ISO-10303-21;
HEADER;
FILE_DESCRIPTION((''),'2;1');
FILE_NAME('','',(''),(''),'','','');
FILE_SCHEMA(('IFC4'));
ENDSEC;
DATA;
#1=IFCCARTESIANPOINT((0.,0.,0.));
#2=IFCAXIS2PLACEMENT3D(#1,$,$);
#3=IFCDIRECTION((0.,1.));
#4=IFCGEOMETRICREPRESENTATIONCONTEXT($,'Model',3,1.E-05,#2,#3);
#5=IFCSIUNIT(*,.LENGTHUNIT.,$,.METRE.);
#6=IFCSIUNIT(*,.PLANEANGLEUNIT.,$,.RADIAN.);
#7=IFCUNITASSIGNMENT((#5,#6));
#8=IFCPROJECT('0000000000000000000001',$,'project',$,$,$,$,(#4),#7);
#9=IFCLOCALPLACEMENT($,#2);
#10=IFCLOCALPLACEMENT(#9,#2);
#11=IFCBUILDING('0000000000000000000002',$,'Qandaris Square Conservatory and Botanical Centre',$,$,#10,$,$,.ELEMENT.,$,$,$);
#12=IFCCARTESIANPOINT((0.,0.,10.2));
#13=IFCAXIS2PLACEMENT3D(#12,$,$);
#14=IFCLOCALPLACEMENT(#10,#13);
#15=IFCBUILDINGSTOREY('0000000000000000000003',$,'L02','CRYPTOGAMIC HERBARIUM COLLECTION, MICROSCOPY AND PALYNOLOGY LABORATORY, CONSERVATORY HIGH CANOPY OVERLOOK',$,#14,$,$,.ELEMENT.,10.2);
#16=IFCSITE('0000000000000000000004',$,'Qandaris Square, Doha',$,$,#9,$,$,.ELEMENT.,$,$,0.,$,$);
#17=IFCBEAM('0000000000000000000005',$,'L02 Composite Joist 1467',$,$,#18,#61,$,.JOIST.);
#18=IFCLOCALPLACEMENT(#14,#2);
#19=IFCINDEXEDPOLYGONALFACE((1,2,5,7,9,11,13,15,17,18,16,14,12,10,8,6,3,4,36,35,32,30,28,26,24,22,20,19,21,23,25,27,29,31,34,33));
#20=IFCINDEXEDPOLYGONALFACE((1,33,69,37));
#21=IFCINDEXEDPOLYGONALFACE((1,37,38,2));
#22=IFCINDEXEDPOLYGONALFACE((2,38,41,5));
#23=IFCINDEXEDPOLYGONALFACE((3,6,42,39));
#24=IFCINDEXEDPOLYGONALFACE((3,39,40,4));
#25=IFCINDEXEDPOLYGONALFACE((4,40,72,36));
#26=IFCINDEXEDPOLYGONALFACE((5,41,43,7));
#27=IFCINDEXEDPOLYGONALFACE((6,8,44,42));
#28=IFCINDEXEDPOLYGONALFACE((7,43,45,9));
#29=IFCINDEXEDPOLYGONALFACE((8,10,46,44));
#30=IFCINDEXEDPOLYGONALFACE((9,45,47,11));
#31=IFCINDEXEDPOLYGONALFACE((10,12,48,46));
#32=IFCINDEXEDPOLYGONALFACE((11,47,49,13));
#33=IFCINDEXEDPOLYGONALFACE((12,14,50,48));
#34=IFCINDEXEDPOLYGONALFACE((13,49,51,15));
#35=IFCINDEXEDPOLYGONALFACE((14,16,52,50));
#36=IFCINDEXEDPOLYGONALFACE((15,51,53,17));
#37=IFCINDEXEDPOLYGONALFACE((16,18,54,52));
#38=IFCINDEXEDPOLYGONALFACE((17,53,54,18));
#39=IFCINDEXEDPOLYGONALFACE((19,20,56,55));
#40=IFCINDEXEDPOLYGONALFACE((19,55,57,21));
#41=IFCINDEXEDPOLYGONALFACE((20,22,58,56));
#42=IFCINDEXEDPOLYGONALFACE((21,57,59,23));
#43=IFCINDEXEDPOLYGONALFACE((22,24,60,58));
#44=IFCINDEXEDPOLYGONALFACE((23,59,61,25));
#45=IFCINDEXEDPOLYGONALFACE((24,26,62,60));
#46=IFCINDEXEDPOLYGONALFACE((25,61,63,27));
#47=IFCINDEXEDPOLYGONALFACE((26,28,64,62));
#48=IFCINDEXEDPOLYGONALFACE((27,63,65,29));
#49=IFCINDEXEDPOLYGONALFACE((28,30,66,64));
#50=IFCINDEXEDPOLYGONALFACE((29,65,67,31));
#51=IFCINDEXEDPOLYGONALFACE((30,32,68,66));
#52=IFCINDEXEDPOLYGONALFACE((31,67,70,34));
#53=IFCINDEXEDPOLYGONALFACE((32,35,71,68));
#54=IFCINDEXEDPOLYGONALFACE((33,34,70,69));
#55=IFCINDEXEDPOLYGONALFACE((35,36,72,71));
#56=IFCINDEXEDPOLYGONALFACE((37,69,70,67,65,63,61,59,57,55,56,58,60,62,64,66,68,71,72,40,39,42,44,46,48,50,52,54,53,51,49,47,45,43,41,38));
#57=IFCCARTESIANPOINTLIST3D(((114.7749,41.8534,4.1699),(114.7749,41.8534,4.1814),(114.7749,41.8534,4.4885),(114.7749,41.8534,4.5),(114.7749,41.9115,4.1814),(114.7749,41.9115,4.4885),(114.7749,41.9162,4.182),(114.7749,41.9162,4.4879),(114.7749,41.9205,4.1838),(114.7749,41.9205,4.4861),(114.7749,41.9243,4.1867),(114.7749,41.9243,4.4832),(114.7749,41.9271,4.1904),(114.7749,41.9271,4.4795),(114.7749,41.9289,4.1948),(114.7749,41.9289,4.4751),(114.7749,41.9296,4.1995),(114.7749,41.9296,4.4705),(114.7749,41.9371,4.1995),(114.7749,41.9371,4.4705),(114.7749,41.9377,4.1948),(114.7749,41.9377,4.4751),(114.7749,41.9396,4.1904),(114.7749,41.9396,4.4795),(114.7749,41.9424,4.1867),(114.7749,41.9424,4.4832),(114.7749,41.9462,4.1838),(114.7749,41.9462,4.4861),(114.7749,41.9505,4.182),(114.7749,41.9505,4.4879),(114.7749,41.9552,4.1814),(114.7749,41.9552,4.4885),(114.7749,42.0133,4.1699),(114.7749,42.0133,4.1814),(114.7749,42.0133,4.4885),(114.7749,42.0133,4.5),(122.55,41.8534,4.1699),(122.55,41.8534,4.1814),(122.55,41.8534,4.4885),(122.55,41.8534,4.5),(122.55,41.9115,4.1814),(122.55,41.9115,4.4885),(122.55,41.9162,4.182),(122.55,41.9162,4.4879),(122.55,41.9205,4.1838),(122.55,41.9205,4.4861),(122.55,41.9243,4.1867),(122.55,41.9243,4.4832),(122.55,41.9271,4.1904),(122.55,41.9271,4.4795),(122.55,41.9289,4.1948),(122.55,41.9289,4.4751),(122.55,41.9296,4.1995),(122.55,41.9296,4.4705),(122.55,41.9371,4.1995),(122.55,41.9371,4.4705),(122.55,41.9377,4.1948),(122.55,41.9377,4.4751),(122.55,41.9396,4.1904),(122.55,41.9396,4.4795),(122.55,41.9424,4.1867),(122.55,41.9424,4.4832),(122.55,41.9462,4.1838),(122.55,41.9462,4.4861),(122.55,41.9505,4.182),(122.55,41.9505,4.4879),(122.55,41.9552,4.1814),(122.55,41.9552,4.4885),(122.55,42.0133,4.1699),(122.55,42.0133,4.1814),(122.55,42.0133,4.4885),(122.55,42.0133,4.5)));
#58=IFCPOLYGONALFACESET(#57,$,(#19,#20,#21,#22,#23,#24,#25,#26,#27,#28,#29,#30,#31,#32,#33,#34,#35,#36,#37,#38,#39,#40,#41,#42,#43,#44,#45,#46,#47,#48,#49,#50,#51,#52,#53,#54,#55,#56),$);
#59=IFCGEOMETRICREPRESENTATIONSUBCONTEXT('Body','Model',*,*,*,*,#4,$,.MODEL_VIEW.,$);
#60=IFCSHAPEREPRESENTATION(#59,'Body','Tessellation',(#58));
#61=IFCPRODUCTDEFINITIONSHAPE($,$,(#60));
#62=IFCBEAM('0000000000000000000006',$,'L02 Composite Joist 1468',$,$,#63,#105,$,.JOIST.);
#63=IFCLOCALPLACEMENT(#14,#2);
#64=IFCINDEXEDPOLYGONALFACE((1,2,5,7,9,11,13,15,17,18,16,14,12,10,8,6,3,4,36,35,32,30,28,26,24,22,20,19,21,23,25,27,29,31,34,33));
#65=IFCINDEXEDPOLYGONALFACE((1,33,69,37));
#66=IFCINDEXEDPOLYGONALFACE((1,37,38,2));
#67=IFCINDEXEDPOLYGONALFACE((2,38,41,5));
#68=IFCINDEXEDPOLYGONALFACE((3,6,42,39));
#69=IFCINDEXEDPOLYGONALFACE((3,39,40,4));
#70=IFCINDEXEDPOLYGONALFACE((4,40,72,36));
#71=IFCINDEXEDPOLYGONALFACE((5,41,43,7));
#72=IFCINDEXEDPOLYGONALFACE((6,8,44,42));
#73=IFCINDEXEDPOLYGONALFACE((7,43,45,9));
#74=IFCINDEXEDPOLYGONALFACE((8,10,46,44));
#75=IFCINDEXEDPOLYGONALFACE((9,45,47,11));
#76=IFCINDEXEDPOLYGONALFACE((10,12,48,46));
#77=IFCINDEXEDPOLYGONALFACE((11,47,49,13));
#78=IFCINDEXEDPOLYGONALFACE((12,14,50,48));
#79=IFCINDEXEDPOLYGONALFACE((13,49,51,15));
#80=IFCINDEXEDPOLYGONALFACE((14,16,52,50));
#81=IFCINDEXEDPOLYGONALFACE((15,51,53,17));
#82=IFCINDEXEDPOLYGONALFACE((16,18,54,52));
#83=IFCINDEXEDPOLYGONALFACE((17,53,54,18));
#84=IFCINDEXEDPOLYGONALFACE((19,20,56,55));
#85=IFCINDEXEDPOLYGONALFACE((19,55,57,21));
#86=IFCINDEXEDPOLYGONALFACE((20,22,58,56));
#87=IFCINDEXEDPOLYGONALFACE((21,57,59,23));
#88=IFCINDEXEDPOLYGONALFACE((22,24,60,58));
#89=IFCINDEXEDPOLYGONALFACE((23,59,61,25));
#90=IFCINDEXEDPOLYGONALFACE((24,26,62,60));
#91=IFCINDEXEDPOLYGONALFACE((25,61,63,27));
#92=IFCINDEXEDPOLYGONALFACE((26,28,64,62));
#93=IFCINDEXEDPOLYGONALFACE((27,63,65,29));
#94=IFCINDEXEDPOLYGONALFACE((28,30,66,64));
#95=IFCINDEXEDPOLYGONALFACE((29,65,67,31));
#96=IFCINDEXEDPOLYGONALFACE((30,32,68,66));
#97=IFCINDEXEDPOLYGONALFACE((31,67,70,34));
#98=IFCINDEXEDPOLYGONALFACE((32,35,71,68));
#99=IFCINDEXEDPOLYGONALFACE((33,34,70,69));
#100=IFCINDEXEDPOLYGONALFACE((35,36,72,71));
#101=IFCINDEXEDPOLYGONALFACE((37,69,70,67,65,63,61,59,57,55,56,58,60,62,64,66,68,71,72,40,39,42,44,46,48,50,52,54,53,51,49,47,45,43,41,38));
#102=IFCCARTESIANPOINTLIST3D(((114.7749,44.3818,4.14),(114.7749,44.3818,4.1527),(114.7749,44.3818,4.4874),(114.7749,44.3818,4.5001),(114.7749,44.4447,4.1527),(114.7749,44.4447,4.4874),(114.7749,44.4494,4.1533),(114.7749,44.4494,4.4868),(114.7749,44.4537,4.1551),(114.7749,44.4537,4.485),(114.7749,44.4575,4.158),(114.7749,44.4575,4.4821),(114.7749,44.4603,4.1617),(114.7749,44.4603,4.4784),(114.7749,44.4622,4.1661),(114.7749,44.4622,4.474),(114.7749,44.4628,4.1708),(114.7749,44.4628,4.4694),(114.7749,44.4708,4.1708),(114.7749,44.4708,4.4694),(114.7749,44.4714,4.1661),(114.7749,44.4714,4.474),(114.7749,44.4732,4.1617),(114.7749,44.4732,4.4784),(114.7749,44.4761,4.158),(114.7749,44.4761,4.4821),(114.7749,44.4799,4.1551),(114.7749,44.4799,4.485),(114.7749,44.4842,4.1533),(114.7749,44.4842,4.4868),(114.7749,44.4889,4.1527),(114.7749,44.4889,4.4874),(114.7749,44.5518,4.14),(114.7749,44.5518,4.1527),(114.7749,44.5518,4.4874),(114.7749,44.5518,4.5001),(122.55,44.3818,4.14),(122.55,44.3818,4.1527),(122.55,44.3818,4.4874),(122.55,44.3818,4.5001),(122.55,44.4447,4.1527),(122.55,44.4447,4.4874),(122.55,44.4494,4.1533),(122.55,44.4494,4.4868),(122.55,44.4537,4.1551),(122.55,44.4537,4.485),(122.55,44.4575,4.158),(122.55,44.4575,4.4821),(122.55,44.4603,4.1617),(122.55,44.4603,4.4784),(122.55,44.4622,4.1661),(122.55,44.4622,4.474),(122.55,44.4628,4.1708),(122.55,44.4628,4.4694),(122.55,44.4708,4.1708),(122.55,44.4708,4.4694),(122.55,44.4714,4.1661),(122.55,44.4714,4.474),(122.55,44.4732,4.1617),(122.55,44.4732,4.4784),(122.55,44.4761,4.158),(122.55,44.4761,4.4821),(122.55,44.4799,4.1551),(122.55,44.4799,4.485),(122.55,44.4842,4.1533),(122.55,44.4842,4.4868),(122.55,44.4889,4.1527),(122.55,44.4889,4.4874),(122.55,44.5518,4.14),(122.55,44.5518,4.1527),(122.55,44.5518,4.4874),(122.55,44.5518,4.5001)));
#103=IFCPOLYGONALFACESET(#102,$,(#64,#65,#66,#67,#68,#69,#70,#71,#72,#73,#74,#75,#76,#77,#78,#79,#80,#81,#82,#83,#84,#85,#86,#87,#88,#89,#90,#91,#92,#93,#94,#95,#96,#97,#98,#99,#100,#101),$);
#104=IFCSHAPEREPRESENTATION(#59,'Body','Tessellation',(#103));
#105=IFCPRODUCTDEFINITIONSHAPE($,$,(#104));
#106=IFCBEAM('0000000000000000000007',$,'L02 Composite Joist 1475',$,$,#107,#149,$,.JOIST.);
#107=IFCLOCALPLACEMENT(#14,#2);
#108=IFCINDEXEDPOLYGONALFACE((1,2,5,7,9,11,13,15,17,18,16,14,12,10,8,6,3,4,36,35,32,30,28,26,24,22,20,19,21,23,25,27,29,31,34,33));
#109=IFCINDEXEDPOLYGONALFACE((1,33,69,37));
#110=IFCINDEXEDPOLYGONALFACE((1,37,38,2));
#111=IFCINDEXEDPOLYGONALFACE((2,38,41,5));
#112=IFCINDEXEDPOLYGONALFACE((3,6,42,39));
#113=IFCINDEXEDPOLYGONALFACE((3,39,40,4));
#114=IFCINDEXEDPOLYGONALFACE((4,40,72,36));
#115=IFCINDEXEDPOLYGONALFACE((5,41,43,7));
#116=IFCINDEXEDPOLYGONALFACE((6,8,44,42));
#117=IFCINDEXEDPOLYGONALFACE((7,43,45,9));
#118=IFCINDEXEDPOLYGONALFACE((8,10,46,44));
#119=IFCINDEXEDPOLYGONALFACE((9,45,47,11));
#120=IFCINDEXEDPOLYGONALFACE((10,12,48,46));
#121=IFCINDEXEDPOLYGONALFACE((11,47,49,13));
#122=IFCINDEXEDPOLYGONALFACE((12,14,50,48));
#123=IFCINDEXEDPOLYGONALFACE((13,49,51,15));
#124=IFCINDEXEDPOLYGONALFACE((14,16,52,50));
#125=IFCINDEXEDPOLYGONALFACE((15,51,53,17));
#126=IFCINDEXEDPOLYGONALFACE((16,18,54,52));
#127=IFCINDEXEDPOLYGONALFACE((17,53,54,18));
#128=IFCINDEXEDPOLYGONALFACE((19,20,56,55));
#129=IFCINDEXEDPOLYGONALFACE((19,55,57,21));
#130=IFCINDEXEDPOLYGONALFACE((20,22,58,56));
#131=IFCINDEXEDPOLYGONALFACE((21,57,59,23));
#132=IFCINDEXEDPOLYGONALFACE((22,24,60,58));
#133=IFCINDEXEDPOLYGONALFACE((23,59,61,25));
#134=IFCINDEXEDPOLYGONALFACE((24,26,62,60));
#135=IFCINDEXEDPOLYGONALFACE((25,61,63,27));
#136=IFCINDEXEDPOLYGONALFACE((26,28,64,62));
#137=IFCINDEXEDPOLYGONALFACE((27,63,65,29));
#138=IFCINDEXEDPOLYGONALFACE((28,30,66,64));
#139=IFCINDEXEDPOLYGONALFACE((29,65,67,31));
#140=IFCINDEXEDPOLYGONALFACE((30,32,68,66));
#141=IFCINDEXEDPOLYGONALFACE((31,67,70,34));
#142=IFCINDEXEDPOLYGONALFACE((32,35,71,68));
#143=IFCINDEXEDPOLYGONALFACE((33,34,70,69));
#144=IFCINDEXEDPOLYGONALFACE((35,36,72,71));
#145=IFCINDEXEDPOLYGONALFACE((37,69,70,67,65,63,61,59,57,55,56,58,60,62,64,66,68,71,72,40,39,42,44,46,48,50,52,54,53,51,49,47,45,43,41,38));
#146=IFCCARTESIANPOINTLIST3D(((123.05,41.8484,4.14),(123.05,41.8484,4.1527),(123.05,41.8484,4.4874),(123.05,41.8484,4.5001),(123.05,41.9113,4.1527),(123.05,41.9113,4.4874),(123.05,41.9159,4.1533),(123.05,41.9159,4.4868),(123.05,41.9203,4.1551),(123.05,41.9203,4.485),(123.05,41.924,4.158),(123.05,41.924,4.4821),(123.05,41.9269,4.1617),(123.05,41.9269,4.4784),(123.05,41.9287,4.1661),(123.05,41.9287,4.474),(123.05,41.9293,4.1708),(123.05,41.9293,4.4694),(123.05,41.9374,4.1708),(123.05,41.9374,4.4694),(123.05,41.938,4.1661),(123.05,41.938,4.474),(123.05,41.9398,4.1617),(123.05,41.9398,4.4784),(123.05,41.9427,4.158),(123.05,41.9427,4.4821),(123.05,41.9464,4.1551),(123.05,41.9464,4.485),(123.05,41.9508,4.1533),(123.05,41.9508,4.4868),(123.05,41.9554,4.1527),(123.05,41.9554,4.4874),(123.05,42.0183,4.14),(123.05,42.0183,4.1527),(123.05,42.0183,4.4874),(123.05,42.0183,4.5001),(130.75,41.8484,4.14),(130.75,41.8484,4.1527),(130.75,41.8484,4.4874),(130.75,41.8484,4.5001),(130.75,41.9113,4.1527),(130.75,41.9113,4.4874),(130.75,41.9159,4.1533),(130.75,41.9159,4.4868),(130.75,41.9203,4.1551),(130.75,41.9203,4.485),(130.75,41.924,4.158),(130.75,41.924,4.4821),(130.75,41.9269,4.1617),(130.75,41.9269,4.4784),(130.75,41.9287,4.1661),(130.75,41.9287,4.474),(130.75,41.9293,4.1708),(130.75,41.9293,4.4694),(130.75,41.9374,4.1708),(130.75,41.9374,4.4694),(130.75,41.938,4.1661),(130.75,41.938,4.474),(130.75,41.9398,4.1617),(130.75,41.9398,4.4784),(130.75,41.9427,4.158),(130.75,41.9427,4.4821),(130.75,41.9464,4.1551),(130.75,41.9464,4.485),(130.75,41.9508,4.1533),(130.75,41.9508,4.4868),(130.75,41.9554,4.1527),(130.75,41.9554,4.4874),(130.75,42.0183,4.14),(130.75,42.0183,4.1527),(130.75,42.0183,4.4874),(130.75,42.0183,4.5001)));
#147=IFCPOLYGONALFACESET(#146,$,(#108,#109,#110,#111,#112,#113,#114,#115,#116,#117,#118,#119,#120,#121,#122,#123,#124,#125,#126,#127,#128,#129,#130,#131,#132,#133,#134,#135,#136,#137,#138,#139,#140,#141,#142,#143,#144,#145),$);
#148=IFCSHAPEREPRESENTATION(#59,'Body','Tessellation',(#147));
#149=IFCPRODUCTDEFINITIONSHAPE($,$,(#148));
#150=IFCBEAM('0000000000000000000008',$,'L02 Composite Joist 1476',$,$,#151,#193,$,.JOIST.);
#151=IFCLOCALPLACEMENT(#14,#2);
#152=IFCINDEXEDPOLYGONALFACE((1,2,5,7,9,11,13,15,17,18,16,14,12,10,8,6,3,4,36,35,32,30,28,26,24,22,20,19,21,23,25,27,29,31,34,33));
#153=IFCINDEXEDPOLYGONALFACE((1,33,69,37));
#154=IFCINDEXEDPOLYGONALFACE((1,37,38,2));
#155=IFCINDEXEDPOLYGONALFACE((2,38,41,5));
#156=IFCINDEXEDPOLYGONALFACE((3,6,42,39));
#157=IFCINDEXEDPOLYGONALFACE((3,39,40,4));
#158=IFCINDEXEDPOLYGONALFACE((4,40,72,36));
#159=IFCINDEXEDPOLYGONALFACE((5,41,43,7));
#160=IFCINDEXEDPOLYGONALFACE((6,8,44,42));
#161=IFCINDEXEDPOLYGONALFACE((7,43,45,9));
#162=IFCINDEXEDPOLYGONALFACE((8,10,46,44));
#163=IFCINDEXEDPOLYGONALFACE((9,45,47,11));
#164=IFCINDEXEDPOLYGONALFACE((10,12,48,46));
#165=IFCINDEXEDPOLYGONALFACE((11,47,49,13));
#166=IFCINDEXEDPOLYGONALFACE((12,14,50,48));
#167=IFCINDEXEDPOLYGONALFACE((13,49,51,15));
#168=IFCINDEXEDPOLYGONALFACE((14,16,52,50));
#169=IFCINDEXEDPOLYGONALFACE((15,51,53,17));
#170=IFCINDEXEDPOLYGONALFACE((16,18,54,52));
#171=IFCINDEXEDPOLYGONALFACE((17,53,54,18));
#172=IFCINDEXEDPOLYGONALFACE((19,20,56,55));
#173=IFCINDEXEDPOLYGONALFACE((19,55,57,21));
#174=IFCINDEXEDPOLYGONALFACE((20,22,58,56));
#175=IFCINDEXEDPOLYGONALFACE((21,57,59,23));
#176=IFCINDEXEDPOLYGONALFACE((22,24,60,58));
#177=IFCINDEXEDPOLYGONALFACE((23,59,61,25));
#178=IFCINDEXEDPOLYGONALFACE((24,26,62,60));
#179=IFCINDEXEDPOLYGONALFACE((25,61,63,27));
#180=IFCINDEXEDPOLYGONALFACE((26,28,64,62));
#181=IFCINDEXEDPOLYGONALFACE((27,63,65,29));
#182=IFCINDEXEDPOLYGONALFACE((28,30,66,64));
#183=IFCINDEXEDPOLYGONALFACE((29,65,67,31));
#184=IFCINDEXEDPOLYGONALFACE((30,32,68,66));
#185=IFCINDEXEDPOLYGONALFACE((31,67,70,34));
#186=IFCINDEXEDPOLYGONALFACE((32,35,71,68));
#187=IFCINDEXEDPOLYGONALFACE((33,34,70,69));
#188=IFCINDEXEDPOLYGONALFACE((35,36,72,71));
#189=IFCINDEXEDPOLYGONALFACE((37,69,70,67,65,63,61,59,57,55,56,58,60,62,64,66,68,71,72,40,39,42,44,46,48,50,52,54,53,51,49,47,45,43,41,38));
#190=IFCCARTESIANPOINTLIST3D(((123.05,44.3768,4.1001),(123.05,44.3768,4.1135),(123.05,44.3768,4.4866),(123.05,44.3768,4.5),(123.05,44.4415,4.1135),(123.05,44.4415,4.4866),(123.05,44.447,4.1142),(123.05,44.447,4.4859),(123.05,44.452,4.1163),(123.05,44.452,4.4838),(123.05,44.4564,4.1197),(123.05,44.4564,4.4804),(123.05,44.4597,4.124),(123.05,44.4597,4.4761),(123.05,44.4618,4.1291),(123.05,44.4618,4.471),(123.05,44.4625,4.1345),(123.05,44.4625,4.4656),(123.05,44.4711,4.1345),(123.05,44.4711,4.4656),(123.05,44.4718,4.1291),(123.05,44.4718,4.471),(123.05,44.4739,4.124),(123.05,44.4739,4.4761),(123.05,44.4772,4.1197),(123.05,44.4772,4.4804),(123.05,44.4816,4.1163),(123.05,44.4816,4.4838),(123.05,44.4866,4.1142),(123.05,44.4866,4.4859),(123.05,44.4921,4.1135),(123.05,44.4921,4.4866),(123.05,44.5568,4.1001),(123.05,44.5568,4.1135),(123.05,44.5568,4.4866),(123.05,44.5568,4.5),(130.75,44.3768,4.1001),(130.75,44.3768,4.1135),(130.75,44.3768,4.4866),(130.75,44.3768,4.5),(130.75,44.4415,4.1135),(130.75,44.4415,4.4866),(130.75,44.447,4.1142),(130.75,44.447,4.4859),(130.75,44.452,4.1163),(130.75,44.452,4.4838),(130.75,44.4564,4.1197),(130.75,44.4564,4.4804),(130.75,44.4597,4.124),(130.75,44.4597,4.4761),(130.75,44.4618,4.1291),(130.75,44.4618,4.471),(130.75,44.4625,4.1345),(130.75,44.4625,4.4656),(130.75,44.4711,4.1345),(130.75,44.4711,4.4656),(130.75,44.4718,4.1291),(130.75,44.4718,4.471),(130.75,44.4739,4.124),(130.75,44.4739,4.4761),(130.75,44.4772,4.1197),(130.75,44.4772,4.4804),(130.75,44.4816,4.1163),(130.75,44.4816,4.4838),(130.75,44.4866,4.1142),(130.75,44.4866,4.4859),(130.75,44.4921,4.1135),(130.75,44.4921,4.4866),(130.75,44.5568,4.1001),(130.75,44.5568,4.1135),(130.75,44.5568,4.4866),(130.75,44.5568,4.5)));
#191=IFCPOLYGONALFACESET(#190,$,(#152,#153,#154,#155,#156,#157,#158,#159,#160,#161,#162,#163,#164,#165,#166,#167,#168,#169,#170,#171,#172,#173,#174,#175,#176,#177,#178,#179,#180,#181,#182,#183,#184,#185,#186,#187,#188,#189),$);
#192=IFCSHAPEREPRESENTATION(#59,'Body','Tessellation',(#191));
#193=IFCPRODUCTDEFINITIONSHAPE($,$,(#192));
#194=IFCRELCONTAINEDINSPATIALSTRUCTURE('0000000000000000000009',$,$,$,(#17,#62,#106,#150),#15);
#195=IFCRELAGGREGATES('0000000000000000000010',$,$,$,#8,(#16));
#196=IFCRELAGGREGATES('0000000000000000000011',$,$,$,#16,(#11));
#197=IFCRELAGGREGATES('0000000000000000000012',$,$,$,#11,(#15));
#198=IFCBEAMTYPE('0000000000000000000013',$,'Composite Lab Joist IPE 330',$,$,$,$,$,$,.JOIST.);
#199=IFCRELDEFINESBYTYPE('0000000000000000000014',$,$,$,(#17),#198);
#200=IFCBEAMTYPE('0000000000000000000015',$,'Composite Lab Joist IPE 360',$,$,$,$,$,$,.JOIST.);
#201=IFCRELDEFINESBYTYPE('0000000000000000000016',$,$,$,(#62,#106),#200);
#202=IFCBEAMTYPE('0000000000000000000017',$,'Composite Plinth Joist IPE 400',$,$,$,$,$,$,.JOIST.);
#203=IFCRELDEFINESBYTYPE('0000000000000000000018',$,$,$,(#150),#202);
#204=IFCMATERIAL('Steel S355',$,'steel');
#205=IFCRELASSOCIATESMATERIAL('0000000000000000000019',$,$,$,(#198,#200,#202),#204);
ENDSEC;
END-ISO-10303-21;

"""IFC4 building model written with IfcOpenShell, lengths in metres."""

from ifc_helpers import new_model, si_unit, direction, frame, origin, origin_2d, place, context, subcontext, project, spatial, i_section, extrude, material, material_profile, profile_set, type_object, element, save


model = new_model("IFC4")

# Units and contexts
model_context = context("Model", 3, precision=1e-05, world=origin(), true_north=direction((0.0, 1.0)))
body_context = subcontext(model_context, "Body", "Model", "MODEL_VIEW")
ifc_project = project(units=[si_unit("LENGTHUNIT", "METRE"), si_unit("PLANEANGLEUNIT", "RADIAN")], contexts=[model_context])

# Site, building, storey
site_placement = place(None, origin())
site = spatial("IfcSite", under=ifc_project, at=site_placement, Name="Qandaris Square, Doha", CompositionType="ELEMENT", RefElevation=0.0)
building_placement = place(site_placement, origin())
building = spatial("IfcBuilding", under=site, at=building_placement, Name="Qandaris Square Conservatory and Botanical Centre", CompositionType="ELEMENT")
storey_placement = place(building_placement, frame((0.0, 0.0, 10.2)))
storey = spatial("IfcBuildingStorey", under=building, at=storey_placement, Name="L02", Description="CRYPTOGAMIC HERBARIUM COLLECTION, MICROSCOPY AND PALYNOLOGY LABORATORY, CONSERVATORY HIGH CANOPY OVERLOOK", CompositionType="ELEMENT", Elevation=10.2)

# Beams
ifc_material_1 = material(Name="Steel S355", Category="steel")
ifc_material_profile_1 = material_profile(ifc_material_1, i_section(OverallWidth=0.1599, OverallDepth=0.3301, WebThickness=0.0076, FlangeThickness=0.0115, FilletRadius=0.0181, at=origin_2d()), Name="IPE 330")
ifc_profile_set_1 = profile_set([ifc_material_profile_1], Name="Steel S355")
beam_type_1 = type_object("IfcBeamType", Name="Composite Lab Joist IPE 330", PredefinedType="JOIST", material=ifc_profile_set_1)
beam_1_placement = place(storey_placement, frame((114.7749, 41.9333, 4.335), z_axis=(1.0, 0.0, 0.0), x_axis=(0.0, 1.0, 0.0)))
element("IfcBeam", 1, at=beam_1_placement, inside=storey, type_object=beam_type_1, Name="L02 Composite Joist 1467", PredefinedType="JOIST", context=body_context, shape_type="SweptSolid", body=[
    extrude(i_section(OverallWidth=0.1599, OverallDepth=0.3301, WebThickness=0.0076, FlangeThickness=0.0115, FilletRadius=0.0181, at=origin_2d()), origin(), (0.0, 0.0, 1.0), 7.7751),
])
ifc_material_profile_2 = material_profile(ifc_material_1, i_section(OverallWidth=0.1699, OverallDepth=0.3601, WebThickness=0.0081, FlangeThickness=0.0127, FilletRadius=0.0181, at=origin_2d()), Name="IPE 360")
ifc_profile_set_2 = profile_set([ifc_material_profile_2], Name="Steel S355")
beam_type_2 = type_object("IfcBeamType", Name="Composite Lab Joist IPE 360", PredefinedType="JOIST", material=ifc_profile_set_2)
beam_2_placement = place(storey_placement, frame((114.7749, 44.4668, 4.3201), z_axis=(1.0, 0.0, 0.0), x_axis=(0.0, 1.0, 0.0)))
element("IfcBeam", 2, at=beam_2_placement, inside=storey, type_object=beam_type_2, Name="L02 Composite Joist 1468", PredefinedType="JOIST", context=body_context, shape_type="SweptSolid", body=[
    extrude(i_section(OverallWidth=0.1699, OverallDepth=0.3601, WebThickness=0.0081, FlangeThickness=0.0127, FilletRadius=0.0181, at=origin_2d()), origin(), (0.0, 0.0, 1.0), 7.7751),
])
beam_3_placement = place(storey_placement, frame((123.05, 41.9333, 4.3201), z_axis=(1.0, 0.0, 0.0), x_axis=(0.0, 1.0, 0.0)))
element("IfcBeam", 3, at=beam_3_placement, inside=storey, type_object=beam_type_2, Name="L02 Composite Joist 1475", PredefinedType="JOIST", context=body_context, shape_type="SweptSolid", body=[
    extrude(i_section(OverallWidth=0.1699, OverallDepth=0.3601, WebThickness=0.0081, FlangeThickness=0.0127, FilletRadius=0.0181, at=origin_2d()), origin(), (0.0, 0.0, 1.0), 7.7),
])
ifc_material_profile_3 = material_profile(ifc_material_1, i_section(OverallWidth=0.1799, OverallDepth=0.3999, WebThickness=0.0085, FlangeThickness=0.0134, FilletRadius=0.021, at=origin_2d()), Name="IPE 400")
ifc_profile_set_3 = profile_set([ifc_material_profile_3], Name="Steel S355")
beam_type_3 = type_object("IfcBeamType", Name="Composite Plinth Joist IPE 400", PredefinedType="JOIST", material=ifc_profile_set_3)
for number, where, z_axis, x_axis, name in (
    (4, (123.05, 44.4668, 4.3), (1.0, 0.0, 0.0), (0.0, 1.0, 0.0), "L02 Composite Joist 1476"),
):
    element("IfcBeam", number, at=place(storey_placement, frame(where, z_axis=z_axis, x_axis=x_axis)), inside=storey, type_object=beam_type_3, Name=name, PredefinedType="JOIST", context=body_context, shape_type="SweptSolid", body=[
        extrude(i_section(OverallWidth=0.1799, OverallDepth=0.3999, WebThickness=0.0085, FlangeThickness=0.0134, FilletRadius=0.021, at=origin_2d()), origin(), (0.0, 0.0, 1.0), 7.7),
    ])

save(model, "model.ifc")
